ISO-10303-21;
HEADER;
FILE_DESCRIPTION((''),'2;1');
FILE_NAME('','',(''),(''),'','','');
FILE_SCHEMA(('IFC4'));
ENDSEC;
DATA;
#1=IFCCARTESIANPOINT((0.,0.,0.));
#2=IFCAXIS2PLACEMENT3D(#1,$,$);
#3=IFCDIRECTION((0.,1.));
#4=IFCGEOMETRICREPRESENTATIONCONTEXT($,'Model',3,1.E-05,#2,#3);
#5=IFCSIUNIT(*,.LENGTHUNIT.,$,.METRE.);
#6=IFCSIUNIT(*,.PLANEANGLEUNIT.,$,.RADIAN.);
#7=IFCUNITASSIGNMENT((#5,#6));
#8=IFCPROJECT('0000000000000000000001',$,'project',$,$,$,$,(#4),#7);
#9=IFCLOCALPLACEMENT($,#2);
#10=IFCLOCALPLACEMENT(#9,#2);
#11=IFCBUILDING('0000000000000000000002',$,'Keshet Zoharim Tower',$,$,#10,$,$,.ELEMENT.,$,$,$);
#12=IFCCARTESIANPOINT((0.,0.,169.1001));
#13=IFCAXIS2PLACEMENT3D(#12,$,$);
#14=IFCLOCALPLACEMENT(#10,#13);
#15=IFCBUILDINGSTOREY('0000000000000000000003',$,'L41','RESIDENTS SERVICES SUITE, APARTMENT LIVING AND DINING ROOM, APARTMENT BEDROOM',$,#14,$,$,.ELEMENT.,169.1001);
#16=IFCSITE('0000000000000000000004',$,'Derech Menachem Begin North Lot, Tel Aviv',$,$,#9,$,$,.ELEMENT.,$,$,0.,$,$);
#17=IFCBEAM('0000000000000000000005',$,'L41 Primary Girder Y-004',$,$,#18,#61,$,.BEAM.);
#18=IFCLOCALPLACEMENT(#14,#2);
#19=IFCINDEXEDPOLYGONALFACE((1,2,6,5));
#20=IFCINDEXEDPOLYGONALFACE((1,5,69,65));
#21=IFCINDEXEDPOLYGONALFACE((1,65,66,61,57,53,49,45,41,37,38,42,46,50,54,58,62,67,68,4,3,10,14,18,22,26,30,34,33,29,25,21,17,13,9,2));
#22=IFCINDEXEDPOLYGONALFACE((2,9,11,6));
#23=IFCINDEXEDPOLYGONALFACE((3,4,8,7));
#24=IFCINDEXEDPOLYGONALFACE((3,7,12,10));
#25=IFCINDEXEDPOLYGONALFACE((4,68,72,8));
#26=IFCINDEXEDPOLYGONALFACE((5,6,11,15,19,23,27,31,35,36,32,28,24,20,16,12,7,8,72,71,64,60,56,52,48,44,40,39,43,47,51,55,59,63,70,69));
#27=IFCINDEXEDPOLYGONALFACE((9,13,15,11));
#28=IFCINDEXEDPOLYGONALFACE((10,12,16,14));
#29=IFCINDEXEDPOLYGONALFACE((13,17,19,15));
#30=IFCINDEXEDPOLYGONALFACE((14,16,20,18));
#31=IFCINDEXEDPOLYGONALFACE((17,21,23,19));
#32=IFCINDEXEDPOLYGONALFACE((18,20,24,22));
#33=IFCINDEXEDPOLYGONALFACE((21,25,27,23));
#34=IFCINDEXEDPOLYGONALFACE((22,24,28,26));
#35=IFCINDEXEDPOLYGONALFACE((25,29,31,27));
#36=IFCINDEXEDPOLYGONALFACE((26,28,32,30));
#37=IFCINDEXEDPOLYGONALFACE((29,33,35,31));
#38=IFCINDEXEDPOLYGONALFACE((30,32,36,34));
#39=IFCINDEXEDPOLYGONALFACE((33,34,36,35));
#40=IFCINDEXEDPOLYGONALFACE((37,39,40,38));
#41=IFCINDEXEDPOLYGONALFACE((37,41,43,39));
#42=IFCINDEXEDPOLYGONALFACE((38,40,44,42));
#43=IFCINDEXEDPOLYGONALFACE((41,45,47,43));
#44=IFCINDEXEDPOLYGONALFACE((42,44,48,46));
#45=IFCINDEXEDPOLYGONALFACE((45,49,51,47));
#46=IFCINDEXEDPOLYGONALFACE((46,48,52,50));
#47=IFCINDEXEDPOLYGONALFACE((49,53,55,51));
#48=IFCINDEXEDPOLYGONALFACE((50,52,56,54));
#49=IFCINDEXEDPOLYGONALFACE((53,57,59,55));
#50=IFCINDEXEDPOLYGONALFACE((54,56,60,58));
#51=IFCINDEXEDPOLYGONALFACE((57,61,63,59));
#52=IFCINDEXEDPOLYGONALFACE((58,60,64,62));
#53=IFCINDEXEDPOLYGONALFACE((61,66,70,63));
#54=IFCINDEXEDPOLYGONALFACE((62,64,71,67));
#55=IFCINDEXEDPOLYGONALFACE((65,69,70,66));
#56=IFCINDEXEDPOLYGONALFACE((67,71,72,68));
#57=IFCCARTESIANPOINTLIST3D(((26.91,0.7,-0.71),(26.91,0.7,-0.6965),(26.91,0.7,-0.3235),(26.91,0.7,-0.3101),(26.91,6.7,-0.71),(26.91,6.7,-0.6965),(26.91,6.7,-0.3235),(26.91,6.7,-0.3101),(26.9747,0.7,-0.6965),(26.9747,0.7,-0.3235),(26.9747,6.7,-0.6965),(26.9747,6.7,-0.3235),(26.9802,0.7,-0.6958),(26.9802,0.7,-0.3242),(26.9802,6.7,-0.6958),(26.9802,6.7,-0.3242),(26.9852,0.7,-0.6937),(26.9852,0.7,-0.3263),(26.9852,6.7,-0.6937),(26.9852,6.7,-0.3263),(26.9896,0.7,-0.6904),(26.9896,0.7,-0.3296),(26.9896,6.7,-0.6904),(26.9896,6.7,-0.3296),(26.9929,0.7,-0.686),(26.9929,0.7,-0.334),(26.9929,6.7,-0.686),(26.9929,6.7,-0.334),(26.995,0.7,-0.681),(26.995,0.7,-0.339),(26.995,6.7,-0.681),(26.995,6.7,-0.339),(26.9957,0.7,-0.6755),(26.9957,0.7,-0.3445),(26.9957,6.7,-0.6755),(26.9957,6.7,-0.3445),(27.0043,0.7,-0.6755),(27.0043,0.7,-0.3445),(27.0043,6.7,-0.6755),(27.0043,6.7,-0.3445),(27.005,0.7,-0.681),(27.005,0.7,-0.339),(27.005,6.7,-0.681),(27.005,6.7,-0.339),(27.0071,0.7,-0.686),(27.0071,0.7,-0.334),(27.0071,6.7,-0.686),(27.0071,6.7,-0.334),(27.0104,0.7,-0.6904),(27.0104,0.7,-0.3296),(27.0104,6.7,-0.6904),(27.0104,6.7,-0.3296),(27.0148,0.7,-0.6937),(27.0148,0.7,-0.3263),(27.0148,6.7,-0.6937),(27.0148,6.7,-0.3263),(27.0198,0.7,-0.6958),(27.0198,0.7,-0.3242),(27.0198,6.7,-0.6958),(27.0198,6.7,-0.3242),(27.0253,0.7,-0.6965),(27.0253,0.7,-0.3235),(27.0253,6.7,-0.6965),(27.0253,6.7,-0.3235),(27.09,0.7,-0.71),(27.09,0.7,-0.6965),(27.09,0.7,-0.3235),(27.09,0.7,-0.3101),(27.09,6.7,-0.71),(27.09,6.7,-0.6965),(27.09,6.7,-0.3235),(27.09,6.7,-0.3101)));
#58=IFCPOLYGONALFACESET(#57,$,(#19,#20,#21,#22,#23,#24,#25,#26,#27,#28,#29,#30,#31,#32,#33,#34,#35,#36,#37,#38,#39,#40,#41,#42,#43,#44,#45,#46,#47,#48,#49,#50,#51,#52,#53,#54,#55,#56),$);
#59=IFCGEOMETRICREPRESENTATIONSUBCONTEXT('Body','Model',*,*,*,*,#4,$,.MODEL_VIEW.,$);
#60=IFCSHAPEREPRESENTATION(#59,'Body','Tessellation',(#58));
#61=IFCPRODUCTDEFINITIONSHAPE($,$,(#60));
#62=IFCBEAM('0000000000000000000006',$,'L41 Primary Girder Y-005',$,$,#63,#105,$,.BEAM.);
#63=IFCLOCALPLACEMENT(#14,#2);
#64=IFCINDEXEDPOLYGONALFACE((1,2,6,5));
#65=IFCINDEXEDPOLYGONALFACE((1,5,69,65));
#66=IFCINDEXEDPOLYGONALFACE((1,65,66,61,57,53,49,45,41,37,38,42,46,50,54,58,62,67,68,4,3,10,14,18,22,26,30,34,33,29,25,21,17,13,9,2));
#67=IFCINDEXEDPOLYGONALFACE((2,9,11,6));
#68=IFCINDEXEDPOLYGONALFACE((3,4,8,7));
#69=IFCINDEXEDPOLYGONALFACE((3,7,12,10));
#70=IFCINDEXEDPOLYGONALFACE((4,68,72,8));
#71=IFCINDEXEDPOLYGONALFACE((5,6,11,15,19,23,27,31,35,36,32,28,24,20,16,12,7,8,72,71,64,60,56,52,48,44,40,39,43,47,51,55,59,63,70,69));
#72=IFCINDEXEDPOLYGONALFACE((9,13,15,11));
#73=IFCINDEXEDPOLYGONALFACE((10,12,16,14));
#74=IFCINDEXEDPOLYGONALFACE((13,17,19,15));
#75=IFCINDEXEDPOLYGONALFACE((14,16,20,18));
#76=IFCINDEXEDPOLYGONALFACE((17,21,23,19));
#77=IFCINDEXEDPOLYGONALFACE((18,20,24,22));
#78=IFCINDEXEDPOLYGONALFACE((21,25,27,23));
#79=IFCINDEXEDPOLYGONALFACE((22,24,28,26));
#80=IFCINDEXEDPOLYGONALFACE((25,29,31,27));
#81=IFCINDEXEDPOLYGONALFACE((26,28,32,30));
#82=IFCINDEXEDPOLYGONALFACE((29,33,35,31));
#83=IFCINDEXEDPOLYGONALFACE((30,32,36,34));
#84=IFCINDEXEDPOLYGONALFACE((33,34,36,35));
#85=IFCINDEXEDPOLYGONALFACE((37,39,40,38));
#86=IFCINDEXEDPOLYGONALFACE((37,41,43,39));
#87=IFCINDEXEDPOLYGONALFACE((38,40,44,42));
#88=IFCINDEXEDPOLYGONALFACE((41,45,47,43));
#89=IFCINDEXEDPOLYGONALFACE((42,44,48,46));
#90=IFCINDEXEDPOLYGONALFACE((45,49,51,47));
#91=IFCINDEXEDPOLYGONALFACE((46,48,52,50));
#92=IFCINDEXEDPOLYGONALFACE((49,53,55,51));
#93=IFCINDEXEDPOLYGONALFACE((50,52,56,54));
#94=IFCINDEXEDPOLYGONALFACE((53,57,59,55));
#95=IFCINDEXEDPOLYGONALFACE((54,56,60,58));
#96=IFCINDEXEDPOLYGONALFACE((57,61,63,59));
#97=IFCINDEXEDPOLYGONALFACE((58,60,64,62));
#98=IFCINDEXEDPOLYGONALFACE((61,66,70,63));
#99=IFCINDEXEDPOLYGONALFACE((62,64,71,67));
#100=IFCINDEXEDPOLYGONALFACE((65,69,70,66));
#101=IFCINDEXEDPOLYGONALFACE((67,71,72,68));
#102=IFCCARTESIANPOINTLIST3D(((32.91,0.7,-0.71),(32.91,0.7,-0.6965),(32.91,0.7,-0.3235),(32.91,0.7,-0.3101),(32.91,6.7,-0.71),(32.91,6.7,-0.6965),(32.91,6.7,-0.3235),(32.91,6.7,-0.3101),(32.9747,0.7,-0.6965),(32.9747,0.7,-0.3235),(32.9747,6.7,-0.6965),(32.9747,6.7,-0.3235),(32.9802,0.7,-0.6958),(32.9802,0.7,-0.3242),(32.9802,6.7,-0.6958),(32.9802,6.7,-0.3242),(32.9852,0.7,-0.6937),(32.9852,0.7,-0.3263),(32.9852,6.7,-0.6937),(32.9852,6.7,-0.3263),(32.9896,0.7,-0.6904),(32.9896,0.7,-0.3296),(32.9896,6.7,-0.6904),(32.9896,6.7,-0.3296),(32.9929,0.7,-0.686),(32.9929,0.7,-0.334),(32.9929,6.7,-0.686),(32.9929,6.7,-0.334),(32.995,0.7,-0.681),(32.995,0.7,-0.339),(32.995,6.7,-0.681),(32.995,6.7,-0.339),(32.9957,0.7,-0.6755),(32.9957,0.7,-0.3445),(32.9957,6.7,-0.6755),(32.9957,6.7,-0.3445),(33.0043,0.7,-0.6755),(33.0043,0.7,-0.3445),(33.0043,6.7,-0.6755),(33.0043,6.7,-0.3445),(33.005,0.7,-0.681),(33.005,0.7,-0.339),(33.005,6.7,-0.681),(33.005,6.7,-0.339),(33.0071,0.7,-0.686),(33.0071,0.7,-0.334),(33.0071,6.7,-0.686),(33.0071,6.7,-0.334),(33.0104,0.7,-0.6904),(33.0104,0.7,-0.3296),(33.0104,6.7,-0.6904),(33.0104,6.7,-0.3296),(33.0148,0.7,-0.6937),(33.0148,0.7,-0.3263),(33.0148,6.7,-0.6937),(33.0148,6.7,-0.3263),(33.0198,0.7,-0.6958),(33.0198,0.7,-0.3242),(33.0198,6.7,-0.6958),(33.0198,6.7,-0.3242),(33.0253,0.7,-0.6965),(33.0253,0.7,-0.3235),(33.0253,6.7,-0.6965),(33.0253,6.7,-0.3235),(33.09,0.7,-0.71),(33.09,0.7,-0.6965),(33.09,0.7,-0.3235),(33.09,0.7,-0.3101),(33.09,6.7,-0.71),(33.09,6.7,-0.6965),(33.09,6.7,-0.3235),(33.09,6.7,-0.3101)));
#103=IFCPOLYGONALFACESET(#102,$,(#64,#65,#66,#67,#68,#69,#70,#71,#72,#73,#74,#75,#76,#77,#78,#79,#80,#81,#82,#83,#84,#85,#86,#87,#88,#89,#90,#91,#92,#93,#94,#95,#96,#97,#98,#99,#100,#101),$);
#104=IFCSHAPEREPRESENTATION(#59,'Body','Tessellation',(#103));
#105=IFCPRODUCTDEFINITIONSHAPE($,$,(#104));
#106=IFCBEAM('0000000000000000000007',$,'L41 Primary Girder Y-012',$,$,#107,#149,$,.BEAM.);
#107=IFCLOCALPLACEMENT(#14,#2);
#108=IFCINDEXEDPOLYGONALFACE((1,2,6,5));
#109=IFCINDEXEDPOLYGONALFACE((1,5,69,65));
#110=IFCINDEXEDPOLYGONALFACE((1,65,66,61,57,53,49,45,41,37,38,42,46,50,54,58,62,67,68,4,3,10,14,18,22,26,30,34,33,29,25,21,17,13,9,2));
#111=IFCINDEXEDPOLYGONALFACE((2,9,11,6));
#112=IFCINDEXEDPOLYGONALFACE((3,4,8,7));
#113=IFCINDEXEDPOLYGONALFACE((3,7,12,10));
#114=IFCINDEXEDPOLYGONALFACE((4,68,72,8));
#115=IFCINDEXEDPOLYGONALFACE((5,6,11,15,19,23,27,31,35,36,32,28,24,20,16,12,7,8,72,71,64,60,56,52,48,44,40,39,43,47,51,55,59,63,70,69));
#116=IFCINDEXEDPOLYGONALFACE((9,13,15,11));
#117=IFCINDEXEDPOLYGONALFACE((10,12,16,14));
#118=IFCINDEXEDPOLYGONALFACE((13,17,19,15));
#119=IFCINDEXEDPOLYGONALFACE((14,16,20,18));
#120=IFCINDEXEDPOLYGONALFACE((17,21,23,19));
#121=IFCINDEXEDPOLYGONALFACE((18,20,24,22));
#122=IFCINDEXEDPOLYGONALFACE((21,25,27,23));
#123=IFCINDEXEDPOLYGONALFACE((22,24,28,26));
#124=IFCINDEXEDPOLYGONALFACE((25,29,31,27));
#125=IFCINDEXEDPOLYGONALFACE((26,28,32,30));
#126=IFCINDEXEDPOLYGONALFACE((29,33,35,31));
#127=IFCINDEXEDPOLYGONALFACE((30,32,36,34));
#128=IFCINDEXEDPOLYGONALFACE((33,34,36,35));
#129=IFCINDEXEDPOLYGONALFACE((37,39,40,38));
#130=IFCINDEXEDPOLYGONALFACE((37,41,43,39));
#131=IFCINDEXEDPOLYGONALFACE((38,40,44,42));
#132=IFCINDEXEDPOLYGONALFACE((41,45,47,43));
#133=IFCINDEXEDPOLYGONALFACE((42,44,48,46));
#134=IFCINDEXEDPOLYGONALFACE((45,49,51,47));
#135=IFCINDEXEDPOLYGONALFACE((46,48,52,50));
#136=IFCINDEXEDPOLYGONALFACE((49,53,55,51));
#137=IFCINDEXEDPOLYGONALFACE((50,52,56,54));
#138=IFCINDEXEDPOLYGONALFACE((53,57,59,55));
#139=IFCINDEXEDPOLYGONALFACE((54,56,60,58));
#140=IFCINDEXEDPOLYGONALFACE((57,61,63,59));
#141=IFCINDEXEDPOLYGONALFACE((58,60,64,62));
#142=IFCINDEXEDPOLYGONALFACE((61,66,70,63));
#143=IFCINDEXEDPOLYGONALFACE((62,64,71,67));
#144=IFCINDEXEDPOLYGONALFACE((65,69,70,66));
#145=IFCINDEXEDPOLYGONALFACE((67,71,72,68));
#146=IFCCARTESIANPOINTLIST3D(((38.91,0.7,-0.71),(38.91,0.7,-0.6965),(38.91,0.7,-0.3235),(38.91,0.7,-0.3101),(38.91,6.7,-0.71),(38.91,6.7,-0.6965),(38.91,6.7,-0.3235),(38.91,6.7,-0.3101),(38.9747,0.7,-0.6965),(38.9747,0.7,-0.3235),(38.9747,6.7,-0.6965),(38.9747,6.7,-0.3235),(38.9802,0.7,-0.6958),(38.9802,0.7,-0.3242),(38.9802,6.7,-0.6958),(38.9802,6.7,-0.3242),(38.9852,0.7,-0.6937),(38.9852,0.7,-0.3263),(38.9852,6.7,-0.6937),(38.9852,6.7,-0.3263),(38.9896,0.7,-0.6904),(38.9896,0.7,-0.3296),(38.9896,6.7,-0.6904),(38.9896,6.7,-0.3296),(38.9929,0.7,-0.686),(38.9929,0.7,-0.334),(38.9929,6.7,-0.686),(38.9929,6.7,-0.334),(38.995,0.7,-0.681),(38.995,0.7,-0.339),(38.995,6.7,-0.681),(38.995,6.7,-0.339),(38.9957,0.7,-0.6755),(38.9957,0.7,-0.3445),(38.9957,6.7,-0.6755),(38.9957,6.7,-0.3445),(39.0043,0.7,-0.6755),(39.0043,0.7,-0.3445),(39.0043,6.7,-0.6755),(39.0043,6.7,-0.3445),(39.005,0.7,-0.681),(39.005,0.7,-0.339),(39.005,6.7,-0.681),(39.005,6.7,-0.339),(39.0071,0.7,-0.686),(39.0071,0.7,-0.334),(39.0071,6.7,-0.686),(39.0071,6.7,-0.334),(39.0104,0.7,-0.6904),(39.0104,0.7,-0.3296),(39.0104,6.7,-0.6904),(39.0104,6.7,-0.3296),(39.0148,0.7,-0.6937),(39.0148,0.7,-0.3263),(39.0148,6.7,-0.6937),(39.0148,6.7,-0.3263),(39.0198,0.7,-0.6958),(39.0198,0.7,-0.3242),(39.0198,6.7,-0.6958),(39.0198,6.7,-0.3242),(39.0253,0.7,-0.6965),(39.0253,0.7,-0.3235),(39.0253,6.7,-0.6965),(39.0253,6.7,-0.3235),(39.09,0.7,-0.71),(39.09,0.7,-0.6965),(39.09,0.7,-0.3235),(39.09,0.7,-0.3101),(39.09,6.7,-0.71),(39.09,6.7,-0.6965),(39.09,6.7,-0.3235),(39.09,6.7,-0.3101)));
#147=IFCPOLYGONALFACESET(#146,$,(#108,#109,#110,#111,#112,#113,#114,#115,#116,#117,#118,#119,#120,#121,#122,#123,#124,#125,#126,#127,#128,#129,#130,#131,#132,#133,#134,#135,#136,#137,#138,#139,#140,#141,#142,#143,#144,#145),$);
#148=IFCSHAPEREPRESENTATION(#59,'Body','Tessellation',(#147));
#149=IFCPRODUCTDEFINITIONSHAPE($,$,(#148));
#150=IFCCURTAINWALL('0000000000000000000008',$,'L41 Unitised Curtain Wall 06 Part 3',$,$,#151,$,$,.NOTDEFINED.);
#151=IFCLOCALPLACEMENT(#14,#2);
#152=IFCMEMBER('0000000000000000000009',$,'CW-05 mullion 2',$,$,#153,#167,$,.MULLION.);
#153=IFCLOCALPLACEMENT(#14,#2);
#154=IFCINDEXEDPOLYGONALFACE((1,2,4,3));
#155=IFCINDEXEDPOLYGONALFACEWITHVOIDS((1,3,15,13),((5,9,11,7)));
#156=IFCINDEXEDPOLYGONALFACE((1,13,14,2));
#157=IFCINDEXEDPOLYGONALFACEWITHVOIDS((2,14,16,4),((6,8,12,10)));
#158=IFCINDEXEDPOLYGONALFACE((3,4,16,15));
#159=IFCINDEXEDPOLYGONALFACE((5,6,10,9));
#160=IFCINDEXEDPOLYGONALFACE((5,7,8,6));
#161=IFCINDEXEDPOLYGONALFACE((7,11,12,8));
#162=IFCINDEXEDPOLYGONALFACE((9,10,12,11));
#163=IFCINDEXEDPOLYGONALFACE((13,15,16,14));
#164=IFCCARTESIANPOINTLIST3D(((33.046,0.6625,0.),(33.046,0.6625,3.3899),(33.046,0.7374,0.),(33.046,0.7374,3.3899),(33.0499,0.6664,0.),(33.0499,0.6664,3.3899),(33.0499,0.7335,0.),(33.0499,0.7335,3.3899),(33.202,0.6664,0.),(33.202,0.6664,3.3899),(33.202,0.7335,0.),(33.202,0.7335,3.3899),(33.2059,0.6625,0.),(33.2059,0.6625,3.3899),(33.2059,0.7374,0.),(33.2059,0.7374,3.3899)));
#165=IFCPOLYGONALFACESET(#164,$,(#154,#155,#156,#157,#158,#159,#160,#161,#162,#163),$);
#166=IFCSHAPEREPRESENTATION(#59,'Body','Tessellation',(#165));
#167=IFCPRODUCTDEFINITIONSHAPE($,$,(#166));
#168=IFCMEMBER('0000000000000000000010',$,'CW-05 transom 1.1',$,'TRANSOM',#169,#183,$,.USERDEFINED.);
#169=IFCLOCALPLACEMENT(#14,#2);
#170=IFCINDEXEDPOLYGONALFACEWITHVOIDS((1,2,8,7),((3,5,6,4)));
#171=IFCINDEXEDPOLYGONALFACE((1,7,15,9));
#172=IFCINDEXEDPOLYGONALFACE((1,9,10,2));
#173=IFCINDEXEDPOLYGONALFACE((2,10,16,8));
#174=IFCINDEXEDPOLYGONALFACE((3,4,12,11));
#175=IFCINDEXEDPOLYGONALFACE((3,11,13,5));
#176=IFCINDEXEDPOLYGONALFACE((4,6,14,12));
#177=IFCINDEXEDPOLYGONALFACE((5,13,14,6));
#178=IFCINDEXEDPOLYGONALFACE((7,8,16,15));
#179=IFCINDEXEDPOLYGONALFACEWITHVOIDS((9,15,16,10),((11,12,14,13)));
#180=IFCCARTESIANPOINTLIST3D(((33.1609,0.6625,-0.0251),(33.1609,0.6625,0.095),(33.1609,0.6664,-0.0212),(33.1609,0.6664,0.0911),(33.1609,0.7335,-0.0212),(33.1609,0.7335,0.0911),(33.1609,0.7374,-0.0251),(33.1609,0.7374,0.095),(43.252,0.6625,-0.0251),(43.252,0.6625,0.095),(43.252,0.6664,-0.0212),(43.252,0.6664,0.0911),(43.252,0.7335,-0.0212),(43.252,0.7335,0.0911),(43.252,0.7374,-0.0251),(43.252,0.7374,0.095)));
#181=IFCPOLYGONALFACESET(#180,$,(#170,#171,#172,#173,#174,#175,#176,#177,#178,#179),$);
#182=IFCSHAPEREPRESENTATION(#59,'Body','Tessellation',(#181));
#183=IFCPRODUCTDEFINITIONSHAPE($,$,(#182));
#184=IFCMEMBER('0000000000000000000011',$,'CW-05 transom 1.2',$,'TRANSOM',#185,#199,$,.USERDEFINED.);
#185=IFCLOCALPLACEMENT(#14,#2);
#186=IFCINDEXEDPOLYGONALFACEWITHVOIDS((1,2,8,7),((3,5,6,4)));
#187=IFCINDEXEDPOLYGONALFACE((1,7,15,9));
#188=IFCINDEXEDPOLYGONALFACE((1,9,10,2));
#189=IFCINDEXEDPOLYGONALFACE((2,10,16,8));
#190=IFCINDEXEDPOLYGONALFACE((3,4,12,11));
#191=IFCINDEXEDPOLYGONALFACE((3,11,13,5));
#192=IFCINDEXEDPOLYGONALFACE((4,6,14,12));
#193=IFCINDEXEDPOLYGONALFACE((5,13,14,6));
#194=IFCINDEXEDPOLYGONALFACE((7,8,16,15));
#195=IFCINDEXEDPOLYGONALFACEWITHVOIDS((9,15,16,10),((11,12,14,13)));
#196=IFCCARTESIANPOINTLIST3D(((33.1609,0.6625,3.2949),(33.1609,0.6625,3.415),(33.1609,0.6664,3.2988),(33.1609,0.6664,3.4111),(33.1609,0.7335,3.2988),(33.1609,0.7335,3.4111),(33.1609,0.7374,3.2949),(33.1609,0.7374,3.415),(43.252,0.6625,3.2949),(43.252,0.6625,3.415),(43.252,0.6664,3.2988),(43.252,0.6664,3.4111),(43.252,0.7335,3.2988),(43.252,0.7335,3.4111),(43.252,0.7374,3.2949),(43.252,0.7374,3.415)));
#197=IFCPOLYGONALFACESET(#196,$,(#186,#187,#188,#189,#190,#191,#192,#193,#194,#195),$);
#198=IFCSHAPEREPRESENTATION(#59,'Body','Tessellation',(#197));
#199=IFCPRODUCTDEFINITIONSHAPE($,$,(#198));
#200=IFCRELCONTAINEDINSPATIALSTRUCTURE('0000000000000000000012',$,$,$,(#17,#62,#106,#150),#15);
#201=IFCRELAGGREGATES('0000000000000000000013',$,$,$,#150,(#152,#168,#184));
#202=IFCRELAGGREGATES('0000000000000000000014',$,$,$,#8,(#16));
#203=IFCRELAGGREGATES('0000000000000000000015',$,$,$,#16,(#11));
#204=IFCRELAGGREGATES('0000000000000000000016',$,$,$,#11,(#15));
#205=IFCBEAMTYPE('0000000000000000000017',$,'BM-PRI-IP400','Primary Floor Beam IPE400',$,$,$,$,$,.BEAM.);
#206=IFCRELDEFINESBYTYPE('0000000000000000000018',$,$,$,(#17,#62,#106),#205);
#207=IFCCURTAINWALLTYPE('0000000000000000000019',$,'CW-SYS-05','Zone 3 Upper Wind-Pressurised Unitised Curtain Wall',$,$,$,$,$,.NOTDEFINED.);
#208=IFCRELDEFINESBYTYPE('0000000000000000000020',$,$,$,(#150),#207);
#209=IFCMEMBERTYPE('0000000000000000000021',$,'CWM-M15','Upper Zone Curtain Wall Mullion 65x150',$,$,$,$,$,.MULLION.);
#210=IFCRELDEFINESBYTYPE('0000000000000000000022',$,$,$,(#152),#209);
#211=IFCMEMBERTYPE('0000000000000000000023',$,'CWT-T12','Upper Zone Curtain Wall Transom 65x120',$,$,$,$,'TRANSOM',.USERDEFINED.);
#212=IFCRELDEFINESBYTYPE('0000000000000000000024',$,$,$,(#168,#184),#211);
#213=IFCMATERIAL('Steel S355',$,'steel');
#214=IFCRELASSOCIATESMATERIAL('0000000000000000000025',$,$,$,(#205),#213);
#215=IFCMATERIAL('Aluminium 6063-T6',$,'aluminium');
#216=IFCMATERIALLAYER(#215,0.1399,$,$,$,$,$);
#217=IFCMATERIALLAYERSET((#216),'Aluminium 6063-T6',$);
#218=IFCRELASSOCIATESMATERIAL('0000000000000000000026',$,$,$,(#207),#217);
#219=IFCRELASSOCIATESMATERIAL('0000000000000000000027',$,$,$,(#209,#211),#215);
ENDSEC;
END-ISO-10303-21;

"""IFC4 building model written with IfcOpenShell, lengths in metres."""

from ifc_helpers import new_model, si_unit, direction, frame, origin, origin_2d, place, context, subcontext, project, spatial, hollow_rectangle, i_section, extrude, material, layer, layer_set, material_profile, profile_set, type_object, element, aggregate, save


model = new_model("IFC4")

# Units and contexts
model_context = context("Model", 3, precision=1e-05, world=origin(), true_north=direction((0.0, 1.0)))
body_context = subcontext(model_context, "Body", "Model", "MODEL_VIEW")
ifc_project = project(units=[si_unit("LENGTHUNIT", "METRE"), si_unit("PLANEANGLEUNIT", "RADIAN")], contexts=[model_context])

# Site, building, storey
site_placement = place(None, origin())
site = spatial("IfcSite", under=ifc_project, at=site_placement, Name="Derech Menachem Begin North Lot, Tel Aviv", CompositionType="ELEMENT", RefElevation=0.0)
building_placement = place(site_placement, origin())
building = spatial("IfcBuilding", under=site, at=building_placement, Name="Keshet Zoharim Tower", CompositionType="ELEMENT")
storey_placement = place(building_placement, frame((0.0, 0.0, 169.1001)))
storey = spatial("IfcBuildingStorey", under=building, at=storey_placement, Name="L41", Description="RESIDENTS SERVICES SUITE, APARTMENT LIVING AND DINING ROOM, APARTMENT BEDROOM", CompositionType="ELEMENT", Elevation=169.1001)

# Shared definitions
ifc_material_1 = material(Name="Steel S355", Category="steel")

# Beams
ifc_material_profile_1 = material_profile(ifc_material_1, i_section(OverallWidth=0.1799, OverallDepth=0.3999, WebThickness=0.0085, FlangeThickness=0.0134, FilletRadius=0.021, at=origin_2d()), Name="IPE400")
ifc_profile_set_1 = profile_set([ifc_material_profile_1], Name="Steel S355")
beam_type_1 = type_object("IfcBeamType", Name="BM-PRI-IP400", Description="Primary Floor Beam IPE400", PredefinedType="BEAM", material=ifc_profile_set_1)
for number, where, z_axis, x_axis, name in (
    (1, (27.0, 0.7, -0.51), (0.0, 1.0, 0.0), (-1.0, 0.0, 0.0), "L41 Primary Girder Y-004"),
    (2, (33.0, 0.7, -0.51), (0.0, 1.0, 0.0), (-1.0, 0.0, 0.0), "L41 Primary Girder Y-005"),
    (3, (39.0, 0.7, -0.51), (0.0, 1.0, 0.0), (-1.0, 0.0, 0.0), "L41 Primary Girder Y-012"),
):
    element("IfcBeam", number, at=place(storey_placement, frame(where, z_axis=z_axis, x_axis=x_axis)), inside=storey, type_object=beam_type_1, Name=name, PredefinedType="BEAM", context=body_context, shape_type="SweptSolid", body=[
        extrude(i_section(OverallWidth=0.1799, OverallDepth=0.3999, WebThickness=0.0085, FlangeThickness=0.0134, FilletRadius=0.021, at=origin_2d()), origin(), (0.0, 0.0, 1.0), 6.0),
    ])

# Curtain wall, members
ifc_material_2 = material(Name="Aluminium 6063-T6", Category="aluminium")
ifc_layer_1 = layer(ifc_material_2, 0.1399)
ifc_layer_set_1 = layer_set([ifc_layer_1], Name="Aluminium 6063-T6")
curtain_wall_type = type_object("IfcCurtainWallType", Name="CW-SYS-05", Description="Zone 3 Upper Wind-Pressurised Unitised Curtain Wall", PredefinedType="NOTDEFINED", material=ifc_layer_set_1)
curtain_wall_placement = place(storey_placement, origin())
curtain_wall = element("IfcCurtainWall", 4, at=curtain_wall_placement, inside=storey, type_object=curtain_wall_type, Name="L41 Unitised Curtain Wall 06 Part 3", PredefinedType="NOTDEFINED")
ifc_material_profile_2 = material_profile(ifc_material_2, hollow_rectangle(XDim=0.075, YDim=0.1599, WallThickness=0.0039, at=origin_2d()), Name="MUL-75x160")
ifc_profile_set_2 = profile_set([ifc_material_profile_2], Name="Aluminium 6063-T6")
member_type_1 = type_object("IfcMemberType", Name="CWM-M15", Description="Upper Zone Curtain Wall Mullion 65x150", PredefinedType="MULLION", material=ifc_profile_set_2)
member_1_placement = place(storey_placement, frame((33.126, 0.7, 0.0), z_axis=(0.0, 0.0, 1.0), x_axis=(0.0, -1.0, 0.0)))
member_1 = element("IfcMember", 5, at=member_1_placement, type_object=member_type_1, Name="CW-05 mullion 2", PredefinedType="MULLION", context=body_context, shape_type="SweptSolid", body=[
    extrude(hollow_rectangle(XDim=0.075, YDim=0.1599, WallThickness=0.0039, at=origin_2d()), origin(), (0.0, 0.0, 1.0), 3.3899),
])
ifc_material_profile_3 = material_profile(ifc_material_2, hollow_rectangle(XDim=0.075, YDim=0.1201, WallThickness=0.0039, at=origin_2d()), Name="TRN-75x120")
ifc_profile_set_3 = profile_set([ifc_material_profile_3], Name="Aluminium 6063-T6")
member_type_2 = type_object("IfcMemberType", Name="CWT-T12", Description="Upper Zone Curtain Wall Transom 65x120", ElementType="TRANSOM", PredefinedType="USERDEFINED", material=ifc_profile_set_3)
member_2_placement = place(storey_placement, frame((43.252, 0.7, 0.0349), z_axis=(-1.0, 0.0, 0.0), x_axis=(0.0, -1.0, 0.0)))
member_2 = element("IfcMember", 6, at=member_2_placement, type_object=member_type_2, Name="CW-05 transom 1.1", ObjectType="TRANSOM", PredefinedType="USERDEFINED", context=body_context, shape_type="SweptSolid", body=[
    extrude(hollow_rectangle(XDim=0.075, YDim=0.1201, WallThickness=0.0039, at=origin_2d()), origin(), (0.0, 0.0, 1.0), 10.0911),
])
member_3_placement = place(storey_placement, frame((43.252, 0.7, 3.355), z_axis=(-1.0, 0.0, 0.0), x_axis=(0.0, -1.0, 0.0)))
member_3 = element("IfcMember", 7, at=member_3_placement, type_object=member_type_2, Name="CW-05 transom 1.2", ObjectType="TRANSOM", PredefinedType="USERDEFINED", context=body_context, shape_type="SweptSolid", body=[
    extrude(hollow_rectangle(XDim=0.075, YDim=0.1201, WallThickness=0.0039, at=origin_2d()), origin(), (0.0, 0.0, 1.0), 10.0911),
])
aggregate(curtain_wall, [member_1, member_2, member_3])

save(model, "model.ifc")
